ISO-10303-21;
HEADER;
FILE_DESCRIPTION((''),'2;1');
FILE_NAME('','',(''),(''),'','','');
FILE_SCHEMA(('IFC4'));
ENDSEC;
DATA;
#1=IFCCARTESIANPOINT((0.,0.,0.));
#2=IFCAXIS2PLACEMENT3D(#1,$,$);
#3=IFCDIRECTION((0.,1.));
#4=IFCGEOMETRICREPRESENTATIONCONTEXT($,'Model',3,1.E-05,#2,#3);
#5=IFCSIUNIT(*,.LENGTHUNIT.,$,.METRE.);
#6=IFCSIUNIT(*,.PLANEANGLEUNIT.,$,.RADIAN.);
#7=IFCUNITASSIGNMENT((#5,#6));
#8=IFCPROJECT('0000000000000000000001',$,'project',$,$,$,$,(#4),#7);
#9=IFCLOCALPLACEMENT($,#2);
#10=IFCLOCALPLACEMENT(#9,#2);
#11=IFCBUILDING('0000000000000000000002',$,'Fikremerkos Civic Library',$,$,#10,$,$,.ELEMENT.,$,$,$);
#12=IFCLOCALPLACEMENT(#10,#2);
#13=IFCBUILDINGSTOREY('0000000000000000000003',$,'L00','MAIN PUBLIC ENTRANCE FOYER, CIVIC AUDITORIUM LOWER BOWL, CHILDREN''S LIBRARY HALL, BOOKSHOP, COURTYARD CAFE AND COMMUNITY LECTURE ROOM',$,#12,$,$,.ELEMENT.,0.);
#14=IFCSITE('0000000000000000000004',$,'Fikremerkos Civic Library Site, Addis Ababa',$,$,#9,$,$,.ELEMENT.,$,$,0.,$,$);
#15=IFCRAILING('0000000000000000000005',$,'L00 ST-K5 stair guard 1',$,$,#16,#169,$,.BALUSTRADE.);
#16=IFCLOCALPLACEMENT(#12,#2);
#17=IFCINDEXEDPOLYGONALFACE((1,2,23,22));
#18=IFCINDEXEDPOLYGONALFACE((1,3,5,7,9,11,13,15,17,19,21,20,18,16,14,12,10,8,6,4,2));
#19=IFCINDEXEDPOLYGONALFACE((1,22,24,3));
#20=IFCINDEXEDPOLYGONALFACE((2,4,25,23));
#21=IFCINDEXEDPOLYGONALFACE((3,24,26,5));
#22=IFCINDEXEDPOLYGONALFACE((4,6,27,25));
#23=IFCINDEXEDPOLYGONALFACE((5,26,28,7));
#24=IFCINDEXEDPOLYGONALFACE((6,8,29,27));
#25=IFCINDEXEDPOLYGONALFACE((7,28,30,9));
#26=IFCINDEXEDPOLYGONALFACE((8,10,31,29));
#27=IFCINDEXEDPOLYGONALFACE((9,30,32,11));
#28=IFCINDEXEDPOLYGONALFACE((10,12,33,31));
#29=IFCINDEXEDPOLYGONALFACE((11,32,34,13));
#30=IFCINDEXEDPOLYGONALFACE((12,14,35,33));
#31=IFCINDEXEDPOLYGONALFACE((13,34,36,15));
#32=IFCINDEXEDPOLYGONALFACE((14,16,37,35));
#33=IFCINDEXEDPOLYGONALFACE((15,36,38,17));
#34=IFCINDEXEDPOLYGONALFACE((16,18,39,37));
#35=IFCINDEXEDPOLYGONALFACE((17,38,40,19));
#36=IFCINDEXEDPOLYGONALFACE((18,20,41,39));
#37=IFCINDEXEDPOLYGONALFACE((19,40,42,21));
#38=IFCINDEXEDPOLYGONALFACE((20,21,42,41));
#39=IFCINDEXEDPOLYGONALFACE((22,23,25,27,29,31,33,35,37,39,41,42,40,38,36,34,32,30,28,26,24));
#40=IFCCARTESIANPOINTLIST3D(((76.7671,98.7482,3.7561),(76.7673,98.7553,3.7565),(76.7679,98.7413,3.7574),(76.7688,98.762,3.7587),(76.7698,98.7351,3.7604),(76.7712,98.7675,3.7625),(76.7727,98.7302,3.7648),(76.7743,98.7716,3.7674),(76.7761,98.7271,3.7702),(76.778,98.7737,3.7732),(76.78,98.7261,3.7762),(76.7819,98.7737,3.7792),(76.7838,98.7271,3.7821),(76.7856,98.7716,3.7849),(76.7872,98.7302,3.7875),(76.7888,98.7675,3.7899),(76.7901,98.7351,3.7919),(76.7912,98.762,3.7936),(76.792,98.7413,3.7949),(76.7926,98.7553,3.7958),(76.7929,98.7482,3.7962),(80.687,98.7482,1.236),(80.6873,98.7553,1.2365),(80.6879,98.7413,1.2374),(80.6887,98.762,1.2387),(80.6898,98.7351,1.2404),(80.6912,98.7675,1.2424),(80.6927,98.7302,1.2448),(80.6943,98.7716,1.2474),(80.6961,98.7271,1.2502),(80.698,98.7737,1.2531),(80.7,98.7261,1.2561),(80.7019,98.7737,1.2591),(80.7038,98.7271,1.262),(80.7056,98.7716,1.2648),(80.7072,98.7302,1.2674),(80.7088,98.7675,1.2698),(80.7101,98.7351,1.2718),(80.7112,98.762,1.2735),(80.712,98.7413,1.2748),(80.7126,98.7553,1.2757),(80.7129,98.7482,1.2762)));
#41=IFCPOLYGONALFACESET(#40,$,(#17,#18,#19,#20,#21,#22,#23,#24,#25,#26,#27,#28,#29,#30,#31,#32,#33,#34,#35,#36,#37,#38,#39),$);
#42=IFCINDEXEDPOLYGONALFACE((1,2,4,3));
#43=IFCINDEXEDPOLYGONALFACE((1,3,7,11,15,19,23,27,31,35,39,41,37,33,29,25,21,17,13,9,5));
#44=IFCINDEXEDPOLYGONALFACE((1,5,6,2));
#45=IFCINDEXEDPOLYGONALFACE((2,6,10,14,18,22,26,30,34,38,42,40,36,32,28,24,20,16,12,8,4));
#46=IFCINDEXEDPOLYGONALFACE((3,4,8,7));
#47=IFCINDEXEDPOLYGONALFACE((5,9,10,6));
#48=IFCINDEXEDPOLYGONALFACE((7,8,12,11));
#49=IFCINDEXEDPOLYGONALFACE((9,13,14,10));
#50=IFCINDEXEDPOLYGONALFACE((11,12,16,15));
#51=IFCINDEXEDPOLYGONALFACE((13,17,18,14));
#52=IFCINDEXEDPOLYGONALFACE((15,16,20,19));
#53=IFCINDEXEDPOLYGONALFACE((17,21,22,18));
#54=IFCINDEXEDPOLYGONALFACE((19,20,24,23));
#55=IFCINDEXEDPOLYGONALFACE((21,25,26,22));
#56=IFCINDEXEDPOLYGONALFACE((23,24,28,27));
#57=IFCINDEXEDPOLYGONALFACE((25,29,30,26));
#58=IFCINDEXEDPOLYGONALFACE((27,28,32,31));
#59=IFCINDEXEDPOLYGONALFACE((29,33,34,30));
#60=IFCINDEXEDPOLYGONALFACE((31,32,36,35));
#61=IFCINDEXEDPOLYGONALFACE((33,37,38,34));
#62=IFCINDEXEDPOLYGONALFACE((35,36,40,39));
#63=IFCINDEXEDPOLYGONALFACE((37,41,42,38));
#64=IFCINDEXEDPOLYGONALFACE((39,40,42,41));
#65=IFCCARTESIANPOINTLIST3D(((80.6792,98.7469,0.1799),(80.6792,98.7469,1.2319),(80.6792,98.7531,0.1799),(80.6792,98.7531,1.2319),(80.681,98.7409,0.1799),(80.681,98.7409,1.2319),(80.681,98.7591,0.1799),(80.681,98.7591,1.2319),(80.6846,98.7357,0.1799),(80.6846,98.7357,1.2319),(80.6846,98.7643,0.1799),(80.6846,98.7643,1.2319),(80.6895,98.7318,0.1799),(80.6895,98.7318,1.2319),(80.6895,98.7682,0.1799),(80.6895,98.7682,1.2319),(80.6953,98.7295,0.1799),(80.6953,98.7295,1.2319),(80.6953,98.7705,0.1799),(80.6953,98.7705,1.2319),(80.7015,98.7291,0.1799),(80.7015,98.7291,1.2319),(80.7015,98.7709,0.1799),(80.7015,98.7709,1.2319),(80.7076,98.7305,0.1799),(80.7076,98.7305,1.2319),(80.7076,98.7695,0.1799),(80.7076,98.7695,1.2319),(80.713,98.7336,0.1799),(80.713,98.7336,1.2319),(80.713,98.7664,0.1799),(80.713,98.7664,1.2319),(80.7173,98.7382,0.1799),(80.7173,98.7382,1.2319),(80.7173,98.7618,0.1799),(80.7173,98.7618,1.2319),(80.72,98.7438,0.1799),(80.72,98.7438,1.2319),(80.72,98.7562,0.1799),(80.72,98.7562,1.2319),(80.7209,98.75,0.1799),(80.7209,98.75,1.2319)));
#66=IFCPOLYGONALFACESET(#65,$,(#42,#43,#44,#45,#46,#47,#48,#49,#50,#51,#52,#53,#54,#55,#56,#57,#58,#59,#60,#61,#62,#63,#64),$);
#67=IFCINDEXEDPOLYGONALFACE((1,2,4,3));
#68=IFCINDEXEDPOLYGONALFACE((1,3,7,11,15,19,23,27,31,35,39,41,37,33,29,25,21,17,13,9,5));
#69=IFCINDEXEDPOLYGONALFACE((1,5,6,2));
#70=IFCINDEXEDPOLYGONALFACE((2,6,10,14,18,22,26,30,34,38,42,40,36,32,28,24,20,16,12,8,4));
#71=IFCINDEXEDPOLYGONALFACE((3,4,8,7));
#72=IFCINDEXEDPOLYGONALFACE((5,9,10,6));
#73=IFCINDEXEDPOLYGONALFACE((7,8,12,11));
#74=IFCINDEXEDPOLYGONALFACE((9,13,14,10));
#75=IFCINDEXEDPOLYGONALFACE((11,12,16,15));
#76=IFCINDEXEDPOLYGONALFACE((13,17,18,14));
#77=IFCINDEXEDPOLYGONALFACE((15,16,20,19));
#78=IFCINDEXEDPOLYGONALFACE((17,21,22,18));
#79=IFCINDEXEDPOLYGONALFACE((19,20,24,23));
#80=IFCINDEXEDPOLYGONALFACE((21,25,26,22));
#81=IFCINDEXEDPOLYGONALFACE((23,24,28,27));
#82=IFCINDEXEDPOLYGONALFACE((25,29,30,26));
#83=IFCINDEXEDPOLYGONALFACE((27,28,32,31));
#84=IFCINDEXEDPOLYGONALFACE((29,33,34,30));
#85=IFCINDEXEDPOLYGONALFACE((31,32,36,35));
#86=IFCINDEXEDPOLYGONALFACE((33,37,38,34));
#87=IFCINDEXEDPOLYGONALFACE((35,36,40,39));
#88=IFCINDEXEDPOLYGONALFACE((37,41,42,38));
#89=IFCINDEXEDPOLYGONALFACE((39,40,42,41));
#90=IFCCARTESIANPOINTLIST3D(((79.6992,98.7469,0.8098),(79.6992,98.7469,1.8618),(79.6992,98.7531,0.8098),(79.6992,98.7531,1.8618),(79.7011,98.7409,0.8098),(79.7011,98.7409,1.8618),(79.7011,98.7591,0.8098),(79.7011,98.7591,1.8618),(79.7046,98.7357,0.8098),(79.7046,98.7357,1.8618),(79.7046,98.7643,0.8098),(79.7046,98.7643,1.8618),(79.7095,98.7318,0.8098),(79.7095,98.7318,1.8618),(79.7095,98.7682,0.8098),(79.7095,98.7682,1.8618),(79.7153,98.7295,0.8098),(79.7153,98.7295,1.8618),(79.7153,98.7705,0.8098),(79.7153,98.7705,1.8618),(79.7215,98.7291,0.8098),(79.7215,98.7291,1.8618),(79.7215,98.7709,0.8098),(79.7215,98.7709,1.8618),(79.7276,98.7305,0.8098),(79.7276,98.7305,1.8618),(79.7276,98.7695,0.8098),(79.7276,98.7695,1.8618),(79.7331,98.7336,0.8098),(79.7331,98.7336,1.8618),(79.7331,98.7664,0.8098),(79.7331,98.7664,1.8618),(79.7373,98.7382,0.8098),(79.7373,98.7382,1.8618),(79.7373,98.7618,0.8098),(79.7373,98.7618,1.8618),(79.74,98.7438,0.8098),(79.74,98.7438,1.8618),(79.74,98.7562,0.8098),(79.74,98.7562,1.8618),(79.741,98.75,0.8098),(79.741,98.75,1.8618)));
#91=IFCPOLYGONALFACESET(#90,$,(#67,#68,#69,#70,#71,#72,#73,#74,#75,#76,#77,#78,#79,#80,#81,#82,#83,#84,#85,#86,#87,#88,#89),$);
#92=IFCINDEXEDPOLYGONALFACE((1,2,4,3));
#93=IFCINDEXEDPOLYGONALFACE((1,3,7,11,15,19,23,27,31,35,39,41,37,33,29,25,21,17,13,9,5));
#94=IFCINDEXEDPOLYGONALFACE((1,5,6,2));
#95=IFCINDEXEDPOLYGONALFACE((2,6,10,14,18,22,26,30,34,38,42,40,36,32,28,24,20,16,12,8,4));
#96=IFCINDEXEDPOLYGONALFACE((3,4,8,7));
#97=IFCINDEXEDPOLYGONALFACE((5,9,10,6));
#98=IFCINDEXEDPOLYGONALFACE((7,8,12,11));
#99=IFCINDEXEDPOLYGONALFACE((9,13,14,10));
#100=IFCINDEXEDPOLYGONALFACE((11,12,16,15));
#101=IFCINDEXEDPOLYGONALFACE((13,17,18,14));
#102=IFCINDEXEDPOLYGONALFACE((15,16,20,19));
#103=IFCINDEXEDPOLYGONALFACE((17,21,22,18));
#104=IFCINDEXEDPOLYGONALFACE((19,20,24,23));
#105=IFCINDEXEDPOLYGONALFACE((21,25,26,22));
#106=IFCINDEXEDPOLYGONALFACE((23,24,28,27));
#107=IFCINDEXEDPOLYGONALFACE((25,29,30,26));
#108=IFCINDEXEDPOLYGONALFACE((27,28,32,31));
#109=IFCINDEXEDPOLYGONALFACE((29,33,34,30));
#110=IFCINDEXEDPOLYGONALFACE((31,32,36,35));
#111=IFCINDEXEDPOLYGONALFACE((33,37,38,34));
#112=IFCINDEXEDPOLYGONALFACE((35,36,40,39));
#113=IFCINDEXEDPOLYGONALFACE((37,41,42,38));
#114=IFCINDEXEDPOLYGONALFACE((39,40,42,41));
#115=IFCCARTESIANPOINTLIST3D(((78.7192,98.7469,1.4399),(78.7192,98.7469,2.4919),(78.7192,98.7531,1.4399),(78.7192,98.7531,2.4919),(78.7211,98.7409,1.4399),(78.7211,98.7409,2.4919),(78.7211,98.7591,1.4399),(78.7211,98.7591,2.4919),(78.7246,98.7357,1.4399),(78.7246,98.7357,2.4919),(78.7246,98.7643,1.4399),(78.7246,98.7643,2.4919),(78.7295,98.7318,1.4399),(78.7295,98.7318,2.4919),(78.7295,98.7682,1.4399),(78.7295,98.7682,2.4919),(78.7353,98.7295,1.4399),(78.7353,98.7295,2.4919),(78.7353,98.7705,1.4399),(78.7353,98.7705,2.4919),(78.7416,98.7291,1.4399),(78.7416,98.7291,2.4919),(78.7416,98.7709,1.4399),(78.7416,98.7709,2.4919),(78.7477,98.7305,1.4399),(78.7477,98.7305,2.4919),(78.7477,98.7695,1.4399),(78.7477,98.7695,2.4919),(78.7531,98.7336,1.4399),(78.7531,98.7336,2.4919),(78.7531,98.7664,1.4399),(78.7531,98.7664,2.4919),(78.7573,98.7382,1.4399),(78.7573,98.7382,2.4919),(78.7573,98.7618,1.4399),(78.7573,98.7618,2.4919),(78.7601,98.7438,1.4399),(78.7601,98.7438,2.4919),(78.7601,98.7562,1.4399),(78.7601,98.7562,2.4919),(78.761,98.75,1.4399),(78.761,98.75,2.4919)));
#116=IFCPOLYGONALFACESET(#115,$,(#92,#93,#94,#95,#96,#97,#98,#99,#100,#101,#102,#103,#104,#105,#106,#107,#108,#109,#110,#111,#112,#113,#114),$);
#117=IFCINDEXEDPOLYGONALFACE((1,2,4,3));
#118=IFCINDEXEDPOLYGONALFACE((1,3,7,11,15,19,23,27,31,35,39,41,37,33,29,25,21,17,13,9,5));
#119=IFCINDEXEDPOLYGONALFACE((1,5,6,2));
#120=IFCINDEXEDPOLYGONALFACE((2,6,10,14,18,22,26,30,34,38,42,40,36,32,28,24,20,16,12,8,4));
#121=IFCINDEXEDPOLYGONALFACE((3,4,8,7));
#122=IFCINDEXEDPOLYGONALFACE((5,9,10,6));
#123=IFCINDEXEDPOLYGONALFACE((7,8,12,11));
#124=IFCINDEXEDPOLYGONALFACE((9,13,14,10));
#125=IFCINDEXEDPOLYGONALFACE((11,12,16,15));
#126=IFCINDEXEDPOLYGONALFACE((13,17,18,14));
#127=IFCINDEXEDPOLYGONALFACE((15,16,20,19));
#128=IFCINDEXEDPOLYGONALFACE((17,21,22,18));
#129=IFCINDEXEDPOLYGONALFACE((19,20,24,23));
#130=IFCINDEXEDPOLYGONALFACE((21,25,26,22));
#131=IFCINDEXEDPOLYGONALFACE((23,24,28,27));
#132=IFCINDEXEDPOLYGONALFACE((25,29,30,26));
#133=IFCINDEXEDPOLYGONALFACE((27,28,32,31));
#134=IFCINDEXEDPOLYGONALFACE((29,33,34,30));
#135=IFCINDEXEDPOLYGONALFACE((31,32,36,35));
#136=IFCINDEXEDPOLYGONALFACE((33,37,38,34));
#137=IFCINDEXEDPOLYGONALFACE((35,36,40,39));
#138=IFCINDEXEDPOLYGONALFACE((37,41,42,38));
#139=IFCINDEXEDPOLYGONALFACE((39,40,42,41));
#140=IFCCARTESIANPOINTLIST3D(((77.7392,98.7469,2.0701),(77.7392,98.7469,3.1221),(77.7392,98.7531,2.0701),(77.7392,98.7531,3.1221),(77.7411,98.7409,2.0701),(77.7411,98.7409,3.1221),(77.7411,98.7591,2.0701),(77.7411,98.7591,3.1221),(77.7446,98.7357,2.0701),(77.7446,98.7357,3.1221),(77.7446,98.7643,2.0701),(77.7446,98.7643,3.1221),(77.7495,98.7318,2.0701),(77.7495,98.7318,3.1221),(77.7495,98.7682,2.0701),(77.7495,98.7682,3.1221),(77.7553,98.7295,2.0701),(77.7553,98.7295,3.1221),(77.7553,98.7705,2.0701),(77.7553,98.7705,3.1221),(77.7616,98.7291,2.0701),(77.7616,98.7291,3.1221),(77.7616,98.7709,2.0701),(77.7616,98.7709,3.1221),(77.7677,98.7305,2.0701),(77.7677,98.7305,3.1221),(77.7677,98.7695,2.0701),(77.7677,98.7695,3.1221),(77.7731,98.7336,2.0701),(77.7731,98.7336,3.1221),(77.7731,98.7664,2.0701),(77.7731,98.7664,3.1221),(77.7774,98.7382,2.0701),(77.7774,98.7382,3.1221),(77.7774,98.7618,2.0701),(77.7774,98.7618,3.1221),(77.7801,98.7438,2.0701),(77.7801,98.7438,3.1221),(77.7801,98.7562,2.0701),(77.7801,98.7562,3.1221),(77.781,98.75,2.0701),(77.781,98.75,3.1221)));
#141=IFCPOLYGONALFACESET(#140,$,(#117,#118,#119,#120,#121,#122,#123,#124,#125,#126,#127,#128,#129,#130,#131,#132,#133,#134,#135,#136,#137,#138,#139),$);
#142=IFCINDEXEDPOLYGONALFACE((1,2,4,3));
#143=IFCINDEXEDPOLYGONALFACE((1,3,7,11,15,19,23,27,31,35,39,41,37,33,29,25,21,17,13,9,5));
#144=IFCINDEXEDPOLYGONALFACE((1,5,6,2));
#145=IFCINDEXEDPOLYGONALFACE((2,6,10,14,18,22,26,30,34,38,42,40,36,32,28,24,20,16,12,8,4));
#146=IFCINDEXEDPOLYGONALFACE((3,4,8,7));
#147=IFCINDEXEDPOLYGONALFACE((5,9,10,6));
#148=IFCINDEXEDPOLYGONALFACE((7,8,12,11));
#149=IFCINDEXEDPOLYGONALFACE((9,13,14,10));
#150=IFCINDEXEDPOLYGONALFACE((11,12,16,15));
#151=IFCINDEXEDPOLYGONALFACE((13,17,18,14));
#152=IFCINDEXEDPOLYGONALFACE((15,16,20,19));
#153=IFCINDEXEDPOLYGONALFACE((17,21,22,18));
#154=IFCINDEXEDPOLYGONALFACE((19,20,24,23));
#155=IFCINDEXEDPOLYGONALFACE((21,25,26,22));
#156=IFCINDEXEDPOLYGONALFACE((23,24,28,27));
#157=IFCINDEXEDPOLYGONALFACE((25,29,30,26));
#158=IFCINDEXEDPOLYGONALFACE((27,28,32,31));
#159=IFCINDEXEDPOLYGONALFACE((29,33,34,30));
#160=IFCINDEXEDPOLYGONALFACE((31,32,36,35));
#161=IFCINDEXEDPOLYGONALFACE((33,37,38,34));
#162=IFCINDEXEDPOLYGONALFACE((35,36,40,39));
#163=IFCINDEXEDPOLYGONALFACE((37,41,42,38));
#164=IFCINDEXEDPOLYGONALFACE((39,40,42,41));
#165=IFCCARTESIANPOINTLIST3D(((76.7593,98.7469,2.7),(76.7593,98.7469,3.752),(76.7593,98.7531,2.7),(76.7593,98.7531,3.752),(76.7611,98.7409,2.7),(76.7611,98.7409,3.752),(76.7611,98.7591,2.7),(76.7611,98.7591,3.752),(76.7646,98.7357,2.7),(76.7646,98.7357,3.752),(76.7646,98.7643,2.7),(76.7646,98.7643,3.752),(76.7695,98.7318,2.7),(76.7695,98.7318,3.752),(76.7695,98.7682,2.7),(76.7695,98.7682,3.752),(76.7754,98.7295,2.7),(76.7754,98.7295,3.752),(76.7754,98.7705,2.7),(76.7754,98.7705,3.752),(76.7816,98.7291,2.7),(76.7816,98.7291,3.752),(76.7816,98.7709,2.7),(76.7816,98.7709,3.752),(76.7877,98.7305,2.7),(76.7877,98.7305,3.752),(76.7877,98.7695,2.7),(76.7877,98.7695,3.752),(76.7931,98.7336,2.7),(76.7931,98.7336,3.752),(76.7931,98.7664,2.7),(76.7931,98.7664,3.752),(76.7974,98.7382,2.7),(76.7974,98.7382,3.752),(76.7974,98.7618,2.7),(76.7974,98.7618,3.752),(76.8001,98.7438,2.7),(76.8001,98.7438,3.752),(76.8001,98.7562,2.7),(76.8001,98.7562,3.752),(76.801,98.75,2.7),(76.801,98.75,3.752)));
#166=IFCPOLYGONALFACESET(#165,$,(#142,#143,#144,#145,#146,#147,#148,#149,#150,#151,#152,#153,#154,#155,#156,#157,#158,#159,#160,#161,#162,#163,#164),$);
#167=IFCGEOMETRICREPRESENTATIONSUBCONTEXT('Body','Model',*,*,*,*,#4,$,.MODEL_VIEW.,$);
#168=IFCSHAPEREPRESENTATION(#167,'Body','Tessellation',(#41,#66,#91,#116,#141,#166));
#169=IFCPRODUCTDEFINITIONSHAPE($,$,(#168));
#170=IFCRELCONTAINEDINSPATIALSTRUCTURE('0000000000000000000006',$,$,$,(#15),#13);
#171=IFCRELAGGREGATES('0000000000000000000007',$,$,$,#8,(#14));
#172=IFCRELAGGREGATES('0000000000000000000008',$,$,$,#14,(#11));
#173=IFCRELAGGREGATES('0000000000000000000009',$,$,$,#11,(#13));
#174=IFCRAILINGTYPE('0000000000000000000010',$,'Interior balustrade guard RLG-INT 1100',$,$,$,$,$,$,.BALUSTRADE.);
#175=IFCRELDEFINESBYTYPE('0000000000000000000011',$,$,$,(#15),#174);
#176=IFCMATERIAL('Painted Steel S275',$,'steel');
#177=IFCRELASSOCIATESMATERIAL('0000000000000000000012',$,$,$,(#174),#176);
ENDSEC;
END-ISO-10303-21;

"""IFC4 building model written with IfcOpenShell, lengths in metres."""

from ifc_helpers import new_model, si_unit, direction, frame, origin, origin_2d, place, context, subcontext, project, spatial, circle, extrude, material, type_object, element, save


model = new_model("IFC4")

# Units and contexts
model_context = context("Model", 3, precision=1e-05, world=origin(), true_north=direction((0.0, 1.0)))
body_context = subcontext(model_context, "Body", "Model", "MODEL_VIEW")
ifc_project = project(units=[si_unit("LENGTHUNIT", "METRE"), si_unit("PLANEANGLEUNIT", "RADIAN")], contexts=[model_context])

# Site, building, storey
site_placement = place(None, origin())
site = spatial("IfcSite", under=ifc_project, at=site_placement, Name="Fikremerkos Civic Library Site, Addis Ababa", CompositionType="ELEMENT", RefElevation=0.0)
building_placement = place(site_placement, origin())
building = spatial("IfcBuilding", under=site, at=building_placement, Name="Fikremerkos Civic Library", CompositionType="ELEMENT")
storey_placement = place(building_placement, origin())
storey = spatial("IfcBuildingStorey", under=building, at=storey_placement, Name="L00", Description="MAIN PUBLIC ENTRANCE FOYER, CIVIC AUDITORIUM LOWER BOWL, CHILDREN'S LIBRARY HALL, BOOKSHOP, COURTYARD CAFE AND COMMUNITY LECTURE ROOM", CompositionType="ELEMENT", Elevation=0.0)

# Railing
ifc_material_1 = material(Name="Painted Steel S275", Category="steel")
railing_type_1 = type_object("IfcRailingType", Name="Interior balustrade guard RLG-INT 1100", PredefinedType="BALUSTRADE", material=ifc_material_1)
railing_1_placement = place(storey_placement, frame((80.7, 98.75, 0.1799)))
element("IfcRailing", 1, at=railing_1_placement, inside=storey, type_object=railing_type_1, Name="L00 ST-K5 stair guard 1", PredefinedType="BALUSTRADE", context=body_context, shape_type="SweptSolid", body=[
    extrude(circle(Radius=0.0239, at=origin_2d()), frame((0.0, 0.0, 1.0762), z_axis=(-0.841172, 0.0, 0.540768), x_axis=(0.0, -1.0, 0.0)), (0.0, 0.0, 1.0), 4.6602),
    extrude(circle(Radius=0.021, at=origin_2d()), origin(), (0.0, 0.0, 1.0), 1.052),
    extrude(circle(Radius=0.021, at=origin_2d()), frame((-0.98, 0.0, 0.6299)), (0.0, 0.0, 1.0), 1.052),
    extrude(circle(Radius=0.021, at=origin_2d()), frame((-1.96, 0.0, 1.26)), (0.0, 0.0, 1.0), 1.052),
    extrude(circle(Radius=0.021, at=origin_2d()), frame((-2.9399, 0.0, 1.8901)), (0.0, 0.0, 1.0), 1.052),
    extrude(circle(Radius=0.021, at=origin_2d()), frame((-3.9199, 0.0, 2.52)), (0.0, 0.0, 1.0), 1.052),
])

save(model, "model.ifc")
